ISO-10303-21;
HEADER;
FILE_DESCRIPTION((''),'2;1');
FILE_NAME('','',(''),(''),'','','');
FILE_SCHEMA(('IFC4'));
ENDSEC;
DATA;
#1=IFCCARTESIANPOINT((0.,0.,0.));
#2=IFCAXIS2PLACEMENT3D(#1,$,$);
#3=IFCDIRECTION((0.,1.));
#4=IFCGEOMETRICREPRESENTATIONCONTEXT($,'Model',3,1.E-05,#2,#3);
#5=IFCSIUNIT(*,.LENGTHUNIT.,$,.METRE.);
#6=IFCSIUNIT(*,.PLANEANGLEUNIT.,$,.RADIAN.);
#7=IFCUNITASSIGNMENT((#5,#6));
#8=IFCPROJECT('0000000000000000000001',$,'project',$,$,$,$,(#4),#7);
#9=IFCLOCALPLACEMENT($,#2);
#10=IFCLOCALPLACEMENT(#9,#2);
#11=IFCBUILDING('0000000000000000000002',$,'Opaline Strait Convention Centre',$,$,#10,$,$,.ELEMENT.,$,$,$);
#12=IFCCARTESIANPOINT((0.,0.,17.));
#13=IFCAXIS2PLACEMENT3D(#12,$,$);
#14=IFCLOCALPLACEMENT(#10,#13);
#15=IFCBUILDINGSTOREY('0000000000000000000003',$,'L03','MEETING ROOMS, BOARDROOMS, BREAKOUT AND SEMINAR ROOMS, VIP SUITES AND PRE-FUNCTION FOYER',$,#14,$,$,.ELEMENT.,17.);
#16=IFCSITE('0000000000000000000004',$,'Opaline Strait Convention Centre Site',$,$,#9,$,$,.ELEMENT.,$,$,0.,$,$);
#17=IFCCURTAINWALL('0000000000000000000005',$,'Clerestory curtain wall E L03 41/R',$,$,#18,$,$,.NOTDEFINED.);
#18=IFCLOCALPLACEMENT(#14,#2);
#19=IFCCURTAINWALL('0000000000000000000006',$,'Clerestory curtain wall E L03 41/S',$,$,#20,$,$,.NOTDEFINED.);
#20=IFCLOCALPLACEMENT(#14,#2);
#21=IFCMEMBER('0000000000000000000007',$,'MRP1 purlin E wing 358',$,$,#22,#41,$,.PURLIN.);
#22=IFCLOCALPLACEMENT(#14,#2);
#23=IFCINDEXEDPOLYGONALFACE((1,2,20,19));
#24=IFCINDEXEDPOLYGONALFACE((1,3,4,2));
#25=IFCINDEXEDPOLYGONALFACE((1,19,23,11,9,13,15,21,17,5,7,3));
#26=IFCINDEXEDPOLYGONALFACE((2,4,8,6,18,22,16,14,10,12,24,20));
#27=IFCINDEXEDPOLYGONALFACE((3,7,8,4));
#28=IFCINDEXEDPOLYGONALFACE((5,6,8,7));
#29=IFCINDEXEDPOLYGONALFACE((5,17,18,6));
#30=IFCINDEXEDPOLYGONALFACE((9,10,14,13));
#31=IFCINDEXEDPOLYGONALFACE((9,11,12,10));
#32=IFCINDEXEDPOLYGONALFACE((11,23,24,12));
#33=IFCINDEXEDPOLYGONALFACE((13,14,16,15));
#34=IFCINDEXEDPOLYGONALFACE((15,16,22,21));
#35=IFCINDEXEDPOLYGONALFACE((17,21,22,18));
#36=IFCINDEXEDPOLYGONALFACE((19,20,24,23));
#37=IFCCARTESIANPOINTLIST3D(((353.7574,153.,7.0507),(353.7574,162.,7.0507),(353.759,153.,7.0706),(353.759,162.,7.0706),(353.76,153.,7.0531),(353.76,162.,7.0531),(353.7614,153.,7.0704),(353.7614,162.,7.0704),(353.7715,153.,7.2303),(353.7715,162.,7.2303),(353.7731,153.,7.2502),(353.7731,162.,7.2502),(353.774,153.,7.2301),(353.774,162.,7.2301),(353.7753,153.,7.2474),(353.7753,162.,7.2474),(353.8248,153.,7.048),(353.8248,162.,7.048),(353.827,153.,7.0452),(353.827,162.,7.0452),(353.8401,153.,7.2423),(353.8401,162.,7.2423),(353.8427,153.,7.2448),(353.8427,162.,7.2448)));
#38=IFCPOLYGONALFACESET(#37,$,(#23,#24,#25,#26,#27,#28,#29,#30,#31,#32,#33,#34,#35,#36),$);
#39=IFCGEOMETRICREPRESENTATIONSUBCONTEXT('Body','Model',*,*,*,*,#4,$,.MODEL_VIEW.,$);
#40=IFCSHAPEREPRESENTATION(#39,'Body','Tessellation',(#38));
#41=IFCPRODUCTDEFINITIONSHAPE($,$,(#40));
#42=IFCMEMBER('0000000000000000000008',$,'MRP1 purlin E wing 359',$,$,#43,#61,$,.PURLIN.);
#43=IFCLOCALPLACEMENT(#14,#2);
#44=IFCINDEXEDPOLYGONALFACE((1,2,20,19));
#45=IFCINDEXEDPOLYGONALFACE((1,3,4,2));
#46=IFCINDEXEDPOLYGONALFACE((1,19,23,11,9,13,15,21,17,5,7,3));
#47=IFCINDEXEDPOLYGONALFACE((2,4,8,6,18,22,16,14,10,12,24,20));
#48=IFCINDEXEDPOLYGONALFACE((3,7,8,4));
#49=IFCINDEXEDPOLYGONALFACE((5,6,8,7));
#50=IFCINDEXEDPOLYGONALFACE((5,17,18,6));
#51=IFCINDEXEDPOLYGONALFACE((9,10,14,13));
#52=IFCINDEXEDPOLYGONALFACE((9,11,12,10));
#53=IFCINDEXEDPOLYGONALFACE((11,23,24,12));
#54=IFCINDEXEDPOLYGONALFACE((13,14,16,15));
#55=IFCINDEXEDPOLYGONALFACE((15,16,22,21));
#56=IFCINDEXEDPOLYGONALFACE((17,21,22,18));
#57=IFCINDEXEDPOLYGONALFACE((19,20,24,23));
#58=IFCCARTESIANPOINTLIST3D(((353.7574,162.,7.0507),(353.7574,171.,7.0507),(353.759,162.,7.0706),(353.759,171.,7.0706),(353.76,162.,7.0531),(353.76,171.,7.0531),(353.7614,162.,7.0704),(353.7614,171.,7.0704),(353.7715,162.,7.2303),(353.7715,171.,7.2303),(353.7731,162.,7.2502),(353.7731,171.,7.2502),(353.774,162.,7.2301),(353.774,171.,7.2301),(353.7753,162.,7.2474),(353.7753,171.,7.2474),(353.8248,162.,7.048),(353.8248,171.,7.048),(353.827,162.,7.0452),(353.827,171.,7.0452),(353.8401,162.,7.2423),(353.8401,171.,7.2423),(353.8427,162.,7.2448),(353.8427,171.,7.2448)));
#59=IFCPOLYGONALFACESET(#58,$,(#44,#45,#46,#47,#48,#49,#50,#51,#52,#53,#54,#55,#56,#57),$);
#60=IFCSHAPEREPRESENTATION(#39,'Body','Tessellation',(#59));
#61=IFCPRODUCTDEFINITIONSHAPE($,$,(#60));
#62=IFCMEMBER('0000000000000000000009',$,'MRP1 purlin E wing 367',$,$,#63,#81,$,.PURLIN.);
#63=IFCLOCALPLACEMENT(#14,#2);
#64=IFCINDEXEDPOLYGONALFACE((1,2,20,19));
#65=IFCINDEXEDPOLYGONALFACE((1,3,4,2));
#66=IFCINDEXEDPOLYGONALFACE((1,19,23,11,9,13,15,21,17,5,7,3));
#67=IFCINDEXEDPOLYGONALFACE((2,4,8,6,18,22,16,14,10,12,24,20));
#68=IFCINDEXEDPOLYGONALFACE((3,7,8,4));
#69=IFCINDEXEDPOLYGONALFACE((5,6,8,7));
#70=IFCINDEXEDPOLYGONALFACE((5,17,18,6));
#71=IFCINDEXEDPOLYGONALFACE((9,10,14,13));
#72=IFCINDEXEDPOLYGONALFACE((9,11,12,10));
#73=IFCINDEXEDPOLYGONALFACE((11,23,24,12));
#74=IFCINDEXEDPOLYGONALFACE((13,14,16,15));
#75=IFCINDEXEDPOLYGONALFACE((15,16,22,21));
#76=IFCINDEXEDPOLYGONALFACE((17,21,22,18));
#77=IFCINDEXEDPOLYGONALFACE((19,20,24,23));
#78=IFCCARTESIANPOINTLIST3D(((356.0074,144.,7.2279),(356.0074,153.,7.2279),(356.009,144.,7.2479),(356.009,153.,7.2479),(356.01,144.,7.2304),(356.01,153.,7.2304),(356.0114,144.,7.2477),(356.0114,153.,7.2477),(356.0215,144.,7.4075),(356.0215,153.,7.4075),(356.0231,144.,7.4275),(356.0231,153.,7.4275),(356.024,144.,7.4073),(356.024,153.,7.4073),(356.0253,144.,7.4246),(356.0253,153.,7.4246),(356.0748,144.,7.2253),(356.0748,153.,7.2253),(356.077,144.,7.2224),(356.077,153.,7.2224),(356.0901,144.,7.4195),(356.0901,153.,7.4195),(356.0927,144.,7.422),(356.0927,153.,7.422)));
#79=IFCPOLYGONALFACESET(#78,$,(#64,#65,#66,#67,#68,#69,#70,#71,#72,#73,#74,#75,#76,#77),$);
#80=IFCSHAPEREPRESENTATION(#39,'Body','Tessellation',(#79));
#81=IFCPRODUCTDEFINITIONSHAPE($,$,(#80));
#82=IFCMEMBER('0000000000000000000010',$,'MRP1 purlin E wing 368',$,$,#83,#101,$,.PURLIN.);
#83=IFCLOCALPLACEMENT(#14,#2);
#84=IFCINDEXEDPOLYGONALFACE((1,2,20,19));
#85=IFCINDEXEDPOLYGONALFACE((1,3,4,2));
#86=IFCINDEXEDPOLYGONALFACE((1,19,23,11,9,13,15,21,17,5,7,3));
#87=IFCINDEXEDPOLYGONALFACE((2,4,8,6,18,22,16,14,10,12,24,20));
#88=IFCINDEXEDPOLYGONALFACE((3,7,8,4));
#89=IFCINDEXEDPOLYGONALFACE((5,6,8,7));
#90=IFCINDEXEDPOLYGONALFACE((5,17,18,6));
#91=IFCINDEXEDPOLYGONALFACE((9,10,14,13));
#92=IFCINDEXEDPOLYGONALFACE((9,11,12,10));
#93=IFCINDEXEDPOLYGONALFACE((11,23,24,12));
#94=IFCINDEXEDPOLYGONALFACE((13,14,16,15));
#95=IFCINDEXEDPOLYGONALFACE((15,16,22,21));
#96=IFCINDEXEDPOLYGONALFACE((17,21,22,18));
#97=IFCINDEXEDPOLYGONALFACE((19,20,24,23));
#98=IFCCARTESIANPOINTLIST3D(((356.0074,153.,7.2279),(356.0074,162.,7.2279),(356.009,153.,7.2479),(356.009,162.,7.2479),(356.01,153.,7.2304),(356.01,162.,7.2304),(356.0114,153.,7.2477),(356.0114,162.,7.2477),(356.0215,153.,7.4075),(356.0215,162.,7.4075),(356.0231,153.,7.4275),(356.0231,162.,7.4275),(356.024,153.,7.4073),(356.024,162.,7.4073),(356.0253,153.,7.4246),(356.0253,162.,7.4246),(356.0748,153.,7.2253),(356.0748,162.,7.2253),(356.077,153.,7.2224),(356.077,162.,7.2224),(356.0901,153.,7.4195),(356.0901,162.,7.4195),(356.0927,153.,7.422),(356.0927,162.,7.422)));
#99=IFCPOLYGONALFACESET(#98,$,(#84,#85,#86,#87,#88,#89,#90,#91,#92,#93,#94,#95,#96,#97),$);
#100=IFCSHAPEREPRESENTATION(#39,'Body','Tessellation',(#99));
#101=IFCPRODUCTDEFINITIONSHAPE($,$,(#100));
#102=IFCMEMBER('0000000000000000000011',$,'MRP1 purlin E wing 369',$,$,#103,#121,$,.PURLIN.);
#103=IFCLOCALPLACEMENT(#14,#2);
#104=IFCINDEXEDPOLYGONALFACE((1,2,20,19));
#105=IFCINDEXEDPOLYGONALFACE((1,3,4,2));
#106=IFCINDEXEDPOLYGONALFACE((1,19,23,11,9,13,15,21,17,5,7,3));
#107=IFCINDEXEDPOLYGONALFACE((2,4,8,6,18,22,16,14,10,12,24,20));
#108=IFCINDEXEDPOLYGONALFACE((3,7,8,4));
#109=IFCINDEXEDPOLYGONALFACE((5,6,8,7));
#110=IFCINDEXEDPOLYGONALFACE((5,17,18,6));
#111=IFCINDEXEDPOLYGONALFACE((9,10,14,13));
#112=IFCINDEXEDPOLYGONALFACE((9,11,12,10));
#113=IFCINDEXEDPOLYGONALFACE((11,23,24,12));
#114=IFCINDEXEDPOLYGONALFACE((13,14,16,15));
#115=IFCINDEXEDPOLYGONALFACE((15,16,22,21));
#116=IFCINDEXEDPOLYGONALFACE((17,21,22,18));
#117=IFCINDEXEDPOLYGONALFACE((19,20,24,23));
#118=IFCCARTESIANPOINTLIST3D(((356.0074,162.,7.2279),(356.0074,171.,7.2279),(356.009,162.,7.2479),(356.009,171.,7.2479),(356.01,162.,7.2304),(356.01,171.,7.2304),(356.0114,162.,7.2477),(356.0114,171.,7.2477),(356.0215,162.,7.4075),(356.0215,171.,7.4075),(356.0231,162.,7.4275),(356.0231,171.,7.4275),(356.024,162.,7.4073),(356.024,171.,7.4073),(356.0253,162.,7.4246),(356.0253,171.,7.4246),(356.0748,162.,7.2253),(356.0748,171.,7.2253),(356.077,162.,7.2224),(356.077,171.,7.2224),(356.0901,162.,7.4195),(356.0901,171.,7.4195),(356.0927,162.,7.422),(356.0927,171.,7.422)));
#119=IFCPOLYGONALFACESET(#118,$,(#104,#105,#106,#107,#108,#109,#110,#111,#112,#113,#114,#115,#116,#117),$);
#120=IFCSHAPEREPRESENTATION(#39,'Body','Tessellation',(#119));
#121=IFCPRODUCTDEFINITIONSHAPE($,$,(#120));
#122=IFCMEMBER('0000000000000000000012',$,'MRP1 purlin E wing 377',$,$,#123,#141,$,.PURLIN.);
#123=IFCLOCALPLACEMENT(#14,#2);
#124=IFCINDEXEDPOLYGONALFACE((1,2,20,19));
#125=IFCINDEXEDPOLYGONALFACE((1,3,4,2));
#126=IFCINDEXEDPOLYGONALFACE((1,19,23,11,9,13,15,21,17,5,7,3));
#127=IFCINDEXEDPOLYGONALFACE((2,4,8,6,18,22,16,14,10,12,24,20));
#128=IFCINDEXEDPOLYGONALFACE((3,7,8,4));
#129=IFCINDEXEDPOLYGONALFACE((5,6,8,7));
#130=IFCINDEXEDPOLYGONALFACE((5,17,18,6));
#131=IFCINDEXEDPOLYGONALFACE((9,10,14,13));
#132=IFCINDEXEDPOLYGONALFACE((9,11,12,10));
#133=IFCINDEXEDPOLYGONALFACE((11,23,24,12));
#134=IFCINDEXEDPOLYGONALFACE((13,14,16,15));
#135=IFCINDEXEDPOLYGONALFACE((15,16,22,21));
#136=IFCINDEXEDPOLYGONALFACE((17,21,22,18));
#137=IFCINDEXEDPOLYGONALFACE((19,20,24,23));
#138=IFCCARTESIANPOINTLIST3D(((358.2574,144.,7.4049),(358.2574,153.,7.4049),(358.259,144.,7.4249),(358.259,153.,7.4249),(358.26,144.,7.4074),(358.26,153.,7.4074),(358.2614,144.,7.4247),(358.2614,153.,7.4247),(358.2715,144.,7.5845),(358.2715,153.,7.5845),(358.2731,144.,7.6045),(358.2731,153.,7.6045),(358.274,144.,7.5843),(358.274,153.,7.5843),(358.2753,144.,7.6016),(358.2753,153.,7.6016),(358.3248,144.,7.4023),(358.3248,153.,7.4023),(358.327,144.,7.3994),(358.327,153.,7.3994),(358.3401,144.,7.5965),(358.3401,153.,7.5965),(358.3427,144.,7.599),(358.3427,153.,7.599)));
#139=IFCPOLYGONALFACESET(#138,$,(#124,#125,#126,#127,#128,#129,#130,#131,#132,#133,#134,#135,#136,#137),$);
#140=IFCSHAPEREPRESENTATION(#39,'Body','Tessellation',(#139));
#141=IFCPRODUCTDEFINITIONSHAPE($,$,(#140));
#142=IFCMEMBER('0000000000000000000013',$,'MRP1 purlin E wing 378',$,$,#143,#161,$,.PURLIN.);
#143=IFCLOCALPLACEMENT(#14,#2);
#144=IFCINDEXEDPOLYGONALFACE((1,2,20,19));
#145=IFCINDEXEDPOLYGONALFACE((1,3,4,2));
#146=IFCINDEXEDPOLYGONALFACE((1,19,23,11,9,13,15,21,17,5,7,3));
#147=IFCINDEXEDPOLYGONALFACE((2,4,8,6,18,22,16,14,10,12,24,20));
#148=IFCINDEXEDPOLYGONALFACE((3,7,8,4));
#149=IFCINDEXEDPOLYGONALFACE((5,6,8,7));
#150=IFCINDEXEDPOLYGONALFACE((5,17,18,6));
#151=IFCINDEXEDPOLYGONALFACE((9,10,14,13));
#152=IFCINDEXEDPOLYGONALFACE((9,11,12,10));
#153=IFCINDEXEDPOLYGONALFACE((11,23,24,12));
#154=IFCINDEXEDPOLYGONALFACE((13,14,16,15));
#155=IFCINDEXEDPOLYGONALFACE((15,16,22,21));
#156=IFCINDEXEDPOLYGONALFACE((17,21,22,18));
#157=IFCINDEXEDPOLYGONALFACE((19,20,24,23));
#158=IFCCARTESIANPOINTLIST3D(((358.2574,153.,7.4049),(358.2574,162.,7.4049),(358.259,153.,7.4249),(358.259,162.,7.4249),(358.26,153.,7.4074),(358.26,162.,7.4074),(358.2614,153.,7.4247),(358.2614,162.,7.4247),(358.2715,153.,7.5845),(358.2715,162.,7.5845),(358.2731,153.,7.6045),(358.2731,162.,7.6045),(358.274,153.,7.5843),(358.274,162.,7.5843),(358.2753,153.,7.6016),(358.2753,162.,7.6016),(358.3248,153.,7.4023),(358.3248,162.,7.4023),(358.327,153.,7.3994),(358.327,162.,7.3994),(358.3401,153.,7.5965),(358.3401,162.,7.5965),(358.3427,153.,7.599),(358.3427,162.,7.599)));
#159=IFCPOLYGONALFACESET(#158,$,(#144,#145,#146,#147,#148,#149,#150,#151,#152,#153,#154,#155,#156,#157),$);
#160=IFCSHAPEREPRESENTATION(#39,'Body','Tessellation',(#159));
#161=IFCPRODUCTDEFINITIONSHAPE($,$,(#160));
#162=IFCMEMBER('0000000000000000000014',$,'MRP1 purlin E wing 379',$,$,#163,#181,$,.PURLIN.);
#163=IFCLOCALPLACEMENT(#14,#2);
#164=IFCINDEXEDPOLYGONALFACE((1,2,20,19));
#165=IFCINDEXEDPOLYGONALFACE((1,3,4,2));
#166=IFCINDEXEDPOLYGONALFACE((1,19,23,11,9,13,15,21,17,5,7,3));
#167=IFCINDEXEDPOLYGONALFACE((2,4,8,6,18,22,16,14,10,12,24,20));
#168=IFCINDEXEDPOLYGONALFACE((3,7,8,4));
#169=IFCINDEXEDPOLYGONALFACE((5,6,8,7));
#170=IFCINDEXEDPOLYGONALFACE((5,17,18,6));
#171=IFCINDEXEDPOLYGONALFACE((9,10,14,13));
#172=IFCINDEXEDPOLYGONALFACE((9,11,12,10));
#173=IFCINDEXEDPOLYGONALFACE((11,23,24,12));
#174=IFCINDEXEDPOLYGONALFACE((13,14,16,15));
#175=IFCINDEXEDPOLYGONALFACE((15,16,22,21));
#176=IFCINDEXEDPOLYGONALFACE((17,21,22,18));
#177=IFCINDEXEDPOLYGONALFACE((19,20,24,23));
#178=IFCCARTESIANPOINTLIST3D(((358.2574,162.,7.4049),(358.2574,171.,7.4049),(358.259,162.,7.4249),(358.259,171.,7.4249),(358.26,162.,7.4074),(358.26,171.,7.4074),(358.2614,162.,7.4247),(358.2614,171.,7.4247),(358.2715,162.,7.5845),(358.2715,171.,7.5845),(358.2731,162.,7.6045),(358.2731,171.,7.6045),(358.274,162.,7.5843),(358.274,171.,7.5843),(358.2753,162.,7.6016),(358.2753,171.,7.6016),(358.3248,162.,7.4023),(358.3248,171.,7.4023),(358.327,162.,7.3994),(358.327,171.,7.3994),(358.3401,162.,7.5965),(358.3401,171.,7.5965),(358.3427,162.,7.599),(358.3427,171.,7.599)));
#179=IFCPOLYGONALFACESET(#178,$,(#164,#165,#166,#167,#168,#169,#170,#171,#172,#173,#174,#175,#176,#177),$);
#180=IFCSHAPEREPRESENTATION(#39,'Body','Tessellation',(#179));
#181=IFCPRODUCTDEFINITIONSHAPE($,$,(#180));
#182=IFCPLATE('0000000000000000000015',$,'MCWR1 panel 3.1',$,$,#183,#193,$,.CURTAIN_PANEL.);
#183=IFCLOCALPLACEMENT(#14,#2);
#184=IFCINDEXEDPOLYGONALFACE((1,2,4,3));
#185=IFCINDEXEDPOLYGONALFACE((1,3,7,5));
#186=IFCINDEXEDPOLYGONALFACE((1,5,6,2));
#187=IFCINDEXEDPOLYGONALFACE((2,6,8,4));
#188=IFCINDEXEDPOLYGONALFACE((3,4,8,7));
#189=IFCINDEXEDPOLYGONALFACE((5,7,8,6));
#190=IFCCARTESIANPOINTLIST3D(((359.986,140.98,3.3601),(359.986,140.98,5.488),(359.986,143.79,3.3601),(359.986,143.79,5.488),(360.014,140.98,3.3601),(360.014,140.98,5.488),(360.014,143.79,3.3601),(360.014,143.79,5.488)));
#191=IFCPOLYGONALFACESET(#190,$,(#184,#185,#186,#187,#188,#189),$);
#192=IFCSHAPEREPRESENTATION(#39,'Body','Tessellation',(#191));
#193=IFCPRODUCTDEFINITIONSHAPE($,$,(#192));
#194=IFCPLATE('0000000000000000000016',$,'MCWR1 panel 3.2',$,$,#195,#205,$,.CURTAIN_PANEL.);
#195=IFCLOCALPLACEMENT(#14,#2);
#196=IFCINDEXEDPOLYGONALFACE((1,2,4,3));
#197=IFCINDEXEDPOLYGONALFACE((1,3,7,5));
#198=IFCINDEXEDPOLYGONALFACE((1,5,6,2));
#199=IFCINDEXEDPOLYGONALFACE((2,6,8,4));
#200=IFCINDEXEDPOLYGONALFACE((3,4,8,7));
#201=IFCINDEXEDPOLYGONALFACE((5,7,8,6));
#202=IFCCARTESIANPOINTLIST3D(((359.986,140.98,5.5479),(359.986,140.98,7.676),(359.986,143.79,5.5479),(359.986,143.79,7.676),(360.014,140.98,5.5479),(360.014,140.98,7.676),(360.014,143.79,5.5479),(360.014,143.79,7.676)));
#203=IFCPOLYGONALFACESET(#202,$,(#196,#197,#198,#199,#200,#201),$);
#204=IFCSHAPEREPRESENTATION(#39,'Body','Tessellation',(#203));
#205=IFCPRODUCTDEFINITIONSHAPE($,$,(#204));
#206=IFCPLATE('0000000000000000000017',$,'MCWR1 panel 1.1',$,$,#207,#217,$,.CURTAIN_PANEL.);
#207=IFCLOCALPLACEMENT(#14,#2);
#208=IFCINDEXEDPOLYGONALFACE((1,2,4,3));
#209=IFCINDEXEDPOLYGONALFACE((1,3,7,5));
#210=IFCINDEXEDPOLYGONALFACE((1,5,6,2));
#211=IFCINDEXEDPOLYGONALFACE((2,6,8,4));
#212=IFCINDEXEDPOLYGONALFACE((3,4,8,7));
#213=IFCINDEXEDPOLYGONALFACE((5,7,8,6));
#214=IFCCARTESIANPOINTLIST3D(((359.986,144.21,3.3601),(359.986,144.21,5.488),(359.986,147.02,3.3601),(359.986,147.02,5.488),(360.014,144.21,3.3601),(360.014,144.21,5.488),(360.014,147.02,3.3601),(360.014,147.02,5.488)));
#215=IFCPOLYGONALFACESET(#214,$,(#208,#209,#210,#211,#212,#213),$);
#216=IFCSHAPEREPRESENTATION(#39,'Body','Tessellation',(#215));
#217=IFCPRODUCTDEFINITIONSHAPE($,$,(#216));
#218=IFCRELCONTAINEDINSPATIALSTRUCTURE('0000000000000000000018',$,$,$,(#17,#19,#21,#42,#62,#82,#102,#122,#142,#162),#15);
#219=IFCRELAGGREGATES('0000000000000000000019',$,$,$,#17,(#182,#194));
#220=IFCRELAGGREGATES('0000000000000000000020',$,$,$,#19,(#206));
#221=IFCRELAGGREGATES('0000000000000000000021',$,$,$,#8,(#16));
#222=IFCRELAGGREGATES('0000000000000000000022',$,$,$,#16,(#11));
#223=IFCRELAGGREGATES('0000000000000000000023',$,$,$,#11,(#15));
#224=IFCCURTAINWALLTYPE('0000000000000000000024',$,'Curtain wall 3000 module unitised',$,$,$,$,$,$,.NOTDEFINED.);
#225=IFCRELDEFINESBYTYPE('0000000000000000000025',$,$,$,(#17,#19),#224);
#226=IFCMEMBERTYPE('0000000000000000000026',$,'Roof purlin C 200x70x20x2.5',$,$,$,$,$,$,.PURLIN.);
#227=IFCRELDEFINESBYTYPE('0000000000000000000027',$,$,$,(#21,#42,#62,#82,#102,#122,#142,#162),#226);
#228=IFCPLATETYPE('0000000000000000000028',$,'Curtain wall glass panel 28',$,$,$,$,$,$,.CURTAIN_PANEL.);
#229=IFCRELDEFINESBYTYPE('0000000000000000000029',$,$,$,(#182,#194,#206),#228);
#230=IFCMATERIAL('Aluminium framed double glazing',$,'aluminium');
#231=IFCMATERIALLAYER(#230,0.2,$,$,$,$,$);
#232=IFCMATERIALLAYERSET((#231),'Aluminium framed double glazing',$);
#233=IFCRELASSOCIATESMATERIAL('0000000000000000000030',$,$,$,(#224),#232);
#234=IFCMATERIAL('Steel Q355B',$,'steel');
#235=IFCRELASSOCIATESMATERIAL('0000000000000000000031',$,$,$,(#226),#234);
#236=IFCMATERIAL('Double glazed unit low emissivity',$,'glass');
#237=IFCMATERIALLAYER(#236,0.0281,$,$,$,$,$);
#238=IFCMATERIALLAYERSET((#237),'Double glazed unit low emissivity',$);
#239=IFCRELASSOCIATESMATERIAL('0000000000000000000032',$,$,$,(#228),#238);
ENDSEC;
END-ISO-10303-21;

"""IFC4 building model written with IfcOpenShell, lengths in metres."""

from ifc_helpers import new_model, si_unit, direction, frame, origin, origin_2d, place, context, subcontext, project, spatial, polyline, rectangle, outline, extrude, material, layer, layer_set, material_profile, profile_set, type_object, element, aggregate, save


model = new_model("IFC4")

# Units and contexts
model_context = context("Model", 3, precision=1e-05, world=origin(), true_north=direction((0.0, 1.0)))
body_context = subcontext(model_context, "Body", "Model", "MODEL_VIEW")
ifc_project = project(units=[si_unit("LENGTHUNIT", "METRE"), si_unit("PLANEANGLEUNIT", "RADIAN")], contexts=[model_context])

# Site, building, storey
site_placement = place(None, origin())
site = spatial("IfcSite", under=ifc_project, at=site_placement, Name="Opaline Strait Convention Centre Site", CompositionType="ELEMENT", RefElevation=0.0)
building_placement = place(site_placement, origin())
building = spatial("IfcBuilding", under=site, at=building_placement, Name="Opaline Strait Convention Centre", CompositionType="ELEMENT")
storey_placement = place(building_placement, frame((0.0, 0.0, 17.0)))
storey = spatial("IfcBuildingStorey", under=building, at=storey_placement, Name="L03", Description="MEETING ROOMS, BOARDROOMS, BREAKOUT AND SEMINAR ROOMS, VIP SUITES AND PRE-FUNCTION FOYER", CompositionType="ELEMENT", Elevation=17.0)

# Shared definitions
ifc_material_1 = material(Name="Steel Q355B", Category="steel")

# Curtain walls
ifc_material_2 = material(Name="Aluminium framed double glazing", Category="aluminium")
ifc_layer_1 = layer(ifc_material_2, 0.2)
ifc_layer_set_1 = layer_set([ifc_layer_1], Name="Aluminium framed double glazing")
curtain_wall_type = type_object("IfcCurtainWallType", Name="Curtain wall 3000 module unitised", PredefinedType="NOTDEFINED", material=ifc_layer_set_1)
curtain_wall_1_placement = place(storey_placement, origin())
curtain_wall_1 = element("IfcCurtainWall", 1, at=curtain_wall_1_placement, inside=storey, type_object=curtain_wall_type, Name="Clerestory curtain wall E L03 41/R", PredefinedType="NOTDEFINED")
curtain_wall_2_placement = place(storey_placement, origin())
curtain_wall_2 = element("IfcCurtainWall", 2, at=curtain_wall_2_placement, inside=storey, type_object=curtain_wall_type, Name="Clerestory curtain wall E L03 41/S", PredefinedType="NOTDEFINED")

# Members
ifc_material_profile_1 = material_profile(ifc_material_1, outline(polyline([(-0.0349, -0.1001), (0.0349, -0.1001), (0.0349, -0.0801), (0.0325, -0.0801), (0.0325, -0.0974), (-0.0325, -0.0974), (-0.0325, 0.0974), (0.0325, 0.0974), (0.0325, 0.0801), (0.0349, 0.0801), (0.0349, 0.1001), (-0.0349, 0.1001), (-0.0349, -0.1001)])), Name="C 200x70x20x2.5")
ifc_profile_set_1 = profile_set([ifc_material_profile_1], Name="Steel Q355B")
member_type_1 = type_object("IfcMemberType", Name="Roof purlin C 200x70x20x2.5", PredefinedType="PURLIN", material=ifc_profile_set_1)
for number, where, z_axis, x_axis, name in (
    (3, (353.8, 153.0, 7.1477), (0.0, 1.0, 0.0), (-0.996917, 0.0, 0.078459), "MRP1 purlin E wing 358"),
    (4, (353.8, 162.0, 7.1477), (0.0, 1.0, 0.0), (-0.996917, 0.0, 0.078459), "MRP1 purlin E wing 359"),
    (5, (356.05, 144.0, 7.325), (0.0, 1.0, 0.0), (-0.996917, 0.0, 0.078459), "MRP1 purlin E wing 367"),
    (6, (356.05, 153.0, 7.325), (0.0, 1.0, 0.0), (-0.996917, 0.0, 0.078459), "MRP1 purlin E wing 368"),
    (7, (356.05, 162.0, 7.325), (0.0, 1.0, 0.0), (-0.996917, 0.0, 0.078459), "MRP1 purlin E wing 369"),
    (8, (358.3, 144.0, 7.502), (0.0, 1.0, 0.0), (-0.996917, 0.0, 0.078459), "MRP1 purlin E wing 377"),
    (9, (358.3, 153.0, 7.502), (0.0, 1.0, 0.0), (-0.996917, 0.0, 0.078459), "MRP1 purlin E wing 378"),
    (10, (358.3, 162.0, 7.502), (0.0, 1.0, 0.0), (-0.996917, 0.0, 0.078459), "MRP1 purlin E wing 379"),
):
    element("IfcMember", number, at=place(storey_placement, frame(where, z_axis=z_axis, x_axis=x_axis)), inside=storey, type_object=member_type_1, Name=name, PredefinedType="PURLIN", context=body_context, shape_type="SweptSolid", body=[
        extrude(outline(polyline([(-0.0349, -0.1001), (0.0349, -0.1001), (0.0349, -0.0801), (0.0325, -0.0801), (0.0325, -0.0974), (-0.0325, -0.0974), (-0.0325, 0.0974), (0.0325, 0.0974), (0.0325, 0.0801), (0.0349, 0.0801), (0.0349, 0.1001), (-0.0349, 0.1001), (-0.0349, -0.1001)])), origin(), (0.0, 0.0, 1.0), 9.0),
    ])

# Plates
ifc_material_3 = material(Name="Double glazed unit low emissivity", Category="glass")
ifc_layer_2 = layer(ifc_material_3, 0.0281)
ifc_layer_set_2 = layer_set([ifc_layer_2], Name="Double glazed unit low emissivity")
plate_type = type_object("IfcPlateType", Name="Curtain wall glass panel 28", PredefinedType="CURTAIN_PANEL", material=ifc_layer_set_2)
plate_1_placement = place(storey_placement, frame((360.0, 142.385, 3.3601), z_axis=(0.0, 0.0, 1.0), x_axis=(0.0, 1.0, 0.0)))
plate_1 = element("IfcPlate", 11, at=plate_1_placement, type_object=plate_type, Name="MCWR1 panel 3.1", PredefinedType="CURTAIN_PANEL", context=body_context, shape_type="SweptSolid", body=[
    extrude(rectangle(XDim=2.8101, YDim=0.0281, at=origin_2d()), origin(), (0.0, 0.0, 1.0), 2.1279),
])
plate_2_placement = place(storey_placement, frame((360.0, 142.385, 5.5479), z_axis=(0.0, 0.0, 1.0), x_axis=(0.0, 1.0, 0.0)))
plate_2 = element("IfcPlate", 12, at=plate_2_placement, type_object=plate_type, Name="MCWR1 panel 3.2", PredefinedType="CURTAIN_PANEL", context=body_context, shape_type="SweptSolid", body=[
    extrude(rectangle(XDim=2.8101, YDim=0.0281, at=origin_2d()), origin(), (0.0, 0.0, 1.0), 2.1282),
])
aggregate(curtain_wall_1, [plate_1, plate_2])
plate_3_placement = place(storey_placement, frame((360.0, 145.615, 3.3601), z_axis=(0.0, 0.0, 1.0), x_axis=(0.0, 1.0, 0.0)))
plate_3 = element("IfcPlate", 13, at=plate_3_placement, type_object=plate_type, Name="MCWR1 panel 1.1", PredefinedType="CURTAIN_PANEL", context=body_context, shape_type="SweptSolid", body=[
    extrude(rectangle(XDim=2.8101, YDim=0.0281, at=origin_2d()), origin(), (0.0, 0.0, 1.0), 2.1279),
])
aggregate(curtain_wall_2, [plate_3])

save(model, "model.ifc")
